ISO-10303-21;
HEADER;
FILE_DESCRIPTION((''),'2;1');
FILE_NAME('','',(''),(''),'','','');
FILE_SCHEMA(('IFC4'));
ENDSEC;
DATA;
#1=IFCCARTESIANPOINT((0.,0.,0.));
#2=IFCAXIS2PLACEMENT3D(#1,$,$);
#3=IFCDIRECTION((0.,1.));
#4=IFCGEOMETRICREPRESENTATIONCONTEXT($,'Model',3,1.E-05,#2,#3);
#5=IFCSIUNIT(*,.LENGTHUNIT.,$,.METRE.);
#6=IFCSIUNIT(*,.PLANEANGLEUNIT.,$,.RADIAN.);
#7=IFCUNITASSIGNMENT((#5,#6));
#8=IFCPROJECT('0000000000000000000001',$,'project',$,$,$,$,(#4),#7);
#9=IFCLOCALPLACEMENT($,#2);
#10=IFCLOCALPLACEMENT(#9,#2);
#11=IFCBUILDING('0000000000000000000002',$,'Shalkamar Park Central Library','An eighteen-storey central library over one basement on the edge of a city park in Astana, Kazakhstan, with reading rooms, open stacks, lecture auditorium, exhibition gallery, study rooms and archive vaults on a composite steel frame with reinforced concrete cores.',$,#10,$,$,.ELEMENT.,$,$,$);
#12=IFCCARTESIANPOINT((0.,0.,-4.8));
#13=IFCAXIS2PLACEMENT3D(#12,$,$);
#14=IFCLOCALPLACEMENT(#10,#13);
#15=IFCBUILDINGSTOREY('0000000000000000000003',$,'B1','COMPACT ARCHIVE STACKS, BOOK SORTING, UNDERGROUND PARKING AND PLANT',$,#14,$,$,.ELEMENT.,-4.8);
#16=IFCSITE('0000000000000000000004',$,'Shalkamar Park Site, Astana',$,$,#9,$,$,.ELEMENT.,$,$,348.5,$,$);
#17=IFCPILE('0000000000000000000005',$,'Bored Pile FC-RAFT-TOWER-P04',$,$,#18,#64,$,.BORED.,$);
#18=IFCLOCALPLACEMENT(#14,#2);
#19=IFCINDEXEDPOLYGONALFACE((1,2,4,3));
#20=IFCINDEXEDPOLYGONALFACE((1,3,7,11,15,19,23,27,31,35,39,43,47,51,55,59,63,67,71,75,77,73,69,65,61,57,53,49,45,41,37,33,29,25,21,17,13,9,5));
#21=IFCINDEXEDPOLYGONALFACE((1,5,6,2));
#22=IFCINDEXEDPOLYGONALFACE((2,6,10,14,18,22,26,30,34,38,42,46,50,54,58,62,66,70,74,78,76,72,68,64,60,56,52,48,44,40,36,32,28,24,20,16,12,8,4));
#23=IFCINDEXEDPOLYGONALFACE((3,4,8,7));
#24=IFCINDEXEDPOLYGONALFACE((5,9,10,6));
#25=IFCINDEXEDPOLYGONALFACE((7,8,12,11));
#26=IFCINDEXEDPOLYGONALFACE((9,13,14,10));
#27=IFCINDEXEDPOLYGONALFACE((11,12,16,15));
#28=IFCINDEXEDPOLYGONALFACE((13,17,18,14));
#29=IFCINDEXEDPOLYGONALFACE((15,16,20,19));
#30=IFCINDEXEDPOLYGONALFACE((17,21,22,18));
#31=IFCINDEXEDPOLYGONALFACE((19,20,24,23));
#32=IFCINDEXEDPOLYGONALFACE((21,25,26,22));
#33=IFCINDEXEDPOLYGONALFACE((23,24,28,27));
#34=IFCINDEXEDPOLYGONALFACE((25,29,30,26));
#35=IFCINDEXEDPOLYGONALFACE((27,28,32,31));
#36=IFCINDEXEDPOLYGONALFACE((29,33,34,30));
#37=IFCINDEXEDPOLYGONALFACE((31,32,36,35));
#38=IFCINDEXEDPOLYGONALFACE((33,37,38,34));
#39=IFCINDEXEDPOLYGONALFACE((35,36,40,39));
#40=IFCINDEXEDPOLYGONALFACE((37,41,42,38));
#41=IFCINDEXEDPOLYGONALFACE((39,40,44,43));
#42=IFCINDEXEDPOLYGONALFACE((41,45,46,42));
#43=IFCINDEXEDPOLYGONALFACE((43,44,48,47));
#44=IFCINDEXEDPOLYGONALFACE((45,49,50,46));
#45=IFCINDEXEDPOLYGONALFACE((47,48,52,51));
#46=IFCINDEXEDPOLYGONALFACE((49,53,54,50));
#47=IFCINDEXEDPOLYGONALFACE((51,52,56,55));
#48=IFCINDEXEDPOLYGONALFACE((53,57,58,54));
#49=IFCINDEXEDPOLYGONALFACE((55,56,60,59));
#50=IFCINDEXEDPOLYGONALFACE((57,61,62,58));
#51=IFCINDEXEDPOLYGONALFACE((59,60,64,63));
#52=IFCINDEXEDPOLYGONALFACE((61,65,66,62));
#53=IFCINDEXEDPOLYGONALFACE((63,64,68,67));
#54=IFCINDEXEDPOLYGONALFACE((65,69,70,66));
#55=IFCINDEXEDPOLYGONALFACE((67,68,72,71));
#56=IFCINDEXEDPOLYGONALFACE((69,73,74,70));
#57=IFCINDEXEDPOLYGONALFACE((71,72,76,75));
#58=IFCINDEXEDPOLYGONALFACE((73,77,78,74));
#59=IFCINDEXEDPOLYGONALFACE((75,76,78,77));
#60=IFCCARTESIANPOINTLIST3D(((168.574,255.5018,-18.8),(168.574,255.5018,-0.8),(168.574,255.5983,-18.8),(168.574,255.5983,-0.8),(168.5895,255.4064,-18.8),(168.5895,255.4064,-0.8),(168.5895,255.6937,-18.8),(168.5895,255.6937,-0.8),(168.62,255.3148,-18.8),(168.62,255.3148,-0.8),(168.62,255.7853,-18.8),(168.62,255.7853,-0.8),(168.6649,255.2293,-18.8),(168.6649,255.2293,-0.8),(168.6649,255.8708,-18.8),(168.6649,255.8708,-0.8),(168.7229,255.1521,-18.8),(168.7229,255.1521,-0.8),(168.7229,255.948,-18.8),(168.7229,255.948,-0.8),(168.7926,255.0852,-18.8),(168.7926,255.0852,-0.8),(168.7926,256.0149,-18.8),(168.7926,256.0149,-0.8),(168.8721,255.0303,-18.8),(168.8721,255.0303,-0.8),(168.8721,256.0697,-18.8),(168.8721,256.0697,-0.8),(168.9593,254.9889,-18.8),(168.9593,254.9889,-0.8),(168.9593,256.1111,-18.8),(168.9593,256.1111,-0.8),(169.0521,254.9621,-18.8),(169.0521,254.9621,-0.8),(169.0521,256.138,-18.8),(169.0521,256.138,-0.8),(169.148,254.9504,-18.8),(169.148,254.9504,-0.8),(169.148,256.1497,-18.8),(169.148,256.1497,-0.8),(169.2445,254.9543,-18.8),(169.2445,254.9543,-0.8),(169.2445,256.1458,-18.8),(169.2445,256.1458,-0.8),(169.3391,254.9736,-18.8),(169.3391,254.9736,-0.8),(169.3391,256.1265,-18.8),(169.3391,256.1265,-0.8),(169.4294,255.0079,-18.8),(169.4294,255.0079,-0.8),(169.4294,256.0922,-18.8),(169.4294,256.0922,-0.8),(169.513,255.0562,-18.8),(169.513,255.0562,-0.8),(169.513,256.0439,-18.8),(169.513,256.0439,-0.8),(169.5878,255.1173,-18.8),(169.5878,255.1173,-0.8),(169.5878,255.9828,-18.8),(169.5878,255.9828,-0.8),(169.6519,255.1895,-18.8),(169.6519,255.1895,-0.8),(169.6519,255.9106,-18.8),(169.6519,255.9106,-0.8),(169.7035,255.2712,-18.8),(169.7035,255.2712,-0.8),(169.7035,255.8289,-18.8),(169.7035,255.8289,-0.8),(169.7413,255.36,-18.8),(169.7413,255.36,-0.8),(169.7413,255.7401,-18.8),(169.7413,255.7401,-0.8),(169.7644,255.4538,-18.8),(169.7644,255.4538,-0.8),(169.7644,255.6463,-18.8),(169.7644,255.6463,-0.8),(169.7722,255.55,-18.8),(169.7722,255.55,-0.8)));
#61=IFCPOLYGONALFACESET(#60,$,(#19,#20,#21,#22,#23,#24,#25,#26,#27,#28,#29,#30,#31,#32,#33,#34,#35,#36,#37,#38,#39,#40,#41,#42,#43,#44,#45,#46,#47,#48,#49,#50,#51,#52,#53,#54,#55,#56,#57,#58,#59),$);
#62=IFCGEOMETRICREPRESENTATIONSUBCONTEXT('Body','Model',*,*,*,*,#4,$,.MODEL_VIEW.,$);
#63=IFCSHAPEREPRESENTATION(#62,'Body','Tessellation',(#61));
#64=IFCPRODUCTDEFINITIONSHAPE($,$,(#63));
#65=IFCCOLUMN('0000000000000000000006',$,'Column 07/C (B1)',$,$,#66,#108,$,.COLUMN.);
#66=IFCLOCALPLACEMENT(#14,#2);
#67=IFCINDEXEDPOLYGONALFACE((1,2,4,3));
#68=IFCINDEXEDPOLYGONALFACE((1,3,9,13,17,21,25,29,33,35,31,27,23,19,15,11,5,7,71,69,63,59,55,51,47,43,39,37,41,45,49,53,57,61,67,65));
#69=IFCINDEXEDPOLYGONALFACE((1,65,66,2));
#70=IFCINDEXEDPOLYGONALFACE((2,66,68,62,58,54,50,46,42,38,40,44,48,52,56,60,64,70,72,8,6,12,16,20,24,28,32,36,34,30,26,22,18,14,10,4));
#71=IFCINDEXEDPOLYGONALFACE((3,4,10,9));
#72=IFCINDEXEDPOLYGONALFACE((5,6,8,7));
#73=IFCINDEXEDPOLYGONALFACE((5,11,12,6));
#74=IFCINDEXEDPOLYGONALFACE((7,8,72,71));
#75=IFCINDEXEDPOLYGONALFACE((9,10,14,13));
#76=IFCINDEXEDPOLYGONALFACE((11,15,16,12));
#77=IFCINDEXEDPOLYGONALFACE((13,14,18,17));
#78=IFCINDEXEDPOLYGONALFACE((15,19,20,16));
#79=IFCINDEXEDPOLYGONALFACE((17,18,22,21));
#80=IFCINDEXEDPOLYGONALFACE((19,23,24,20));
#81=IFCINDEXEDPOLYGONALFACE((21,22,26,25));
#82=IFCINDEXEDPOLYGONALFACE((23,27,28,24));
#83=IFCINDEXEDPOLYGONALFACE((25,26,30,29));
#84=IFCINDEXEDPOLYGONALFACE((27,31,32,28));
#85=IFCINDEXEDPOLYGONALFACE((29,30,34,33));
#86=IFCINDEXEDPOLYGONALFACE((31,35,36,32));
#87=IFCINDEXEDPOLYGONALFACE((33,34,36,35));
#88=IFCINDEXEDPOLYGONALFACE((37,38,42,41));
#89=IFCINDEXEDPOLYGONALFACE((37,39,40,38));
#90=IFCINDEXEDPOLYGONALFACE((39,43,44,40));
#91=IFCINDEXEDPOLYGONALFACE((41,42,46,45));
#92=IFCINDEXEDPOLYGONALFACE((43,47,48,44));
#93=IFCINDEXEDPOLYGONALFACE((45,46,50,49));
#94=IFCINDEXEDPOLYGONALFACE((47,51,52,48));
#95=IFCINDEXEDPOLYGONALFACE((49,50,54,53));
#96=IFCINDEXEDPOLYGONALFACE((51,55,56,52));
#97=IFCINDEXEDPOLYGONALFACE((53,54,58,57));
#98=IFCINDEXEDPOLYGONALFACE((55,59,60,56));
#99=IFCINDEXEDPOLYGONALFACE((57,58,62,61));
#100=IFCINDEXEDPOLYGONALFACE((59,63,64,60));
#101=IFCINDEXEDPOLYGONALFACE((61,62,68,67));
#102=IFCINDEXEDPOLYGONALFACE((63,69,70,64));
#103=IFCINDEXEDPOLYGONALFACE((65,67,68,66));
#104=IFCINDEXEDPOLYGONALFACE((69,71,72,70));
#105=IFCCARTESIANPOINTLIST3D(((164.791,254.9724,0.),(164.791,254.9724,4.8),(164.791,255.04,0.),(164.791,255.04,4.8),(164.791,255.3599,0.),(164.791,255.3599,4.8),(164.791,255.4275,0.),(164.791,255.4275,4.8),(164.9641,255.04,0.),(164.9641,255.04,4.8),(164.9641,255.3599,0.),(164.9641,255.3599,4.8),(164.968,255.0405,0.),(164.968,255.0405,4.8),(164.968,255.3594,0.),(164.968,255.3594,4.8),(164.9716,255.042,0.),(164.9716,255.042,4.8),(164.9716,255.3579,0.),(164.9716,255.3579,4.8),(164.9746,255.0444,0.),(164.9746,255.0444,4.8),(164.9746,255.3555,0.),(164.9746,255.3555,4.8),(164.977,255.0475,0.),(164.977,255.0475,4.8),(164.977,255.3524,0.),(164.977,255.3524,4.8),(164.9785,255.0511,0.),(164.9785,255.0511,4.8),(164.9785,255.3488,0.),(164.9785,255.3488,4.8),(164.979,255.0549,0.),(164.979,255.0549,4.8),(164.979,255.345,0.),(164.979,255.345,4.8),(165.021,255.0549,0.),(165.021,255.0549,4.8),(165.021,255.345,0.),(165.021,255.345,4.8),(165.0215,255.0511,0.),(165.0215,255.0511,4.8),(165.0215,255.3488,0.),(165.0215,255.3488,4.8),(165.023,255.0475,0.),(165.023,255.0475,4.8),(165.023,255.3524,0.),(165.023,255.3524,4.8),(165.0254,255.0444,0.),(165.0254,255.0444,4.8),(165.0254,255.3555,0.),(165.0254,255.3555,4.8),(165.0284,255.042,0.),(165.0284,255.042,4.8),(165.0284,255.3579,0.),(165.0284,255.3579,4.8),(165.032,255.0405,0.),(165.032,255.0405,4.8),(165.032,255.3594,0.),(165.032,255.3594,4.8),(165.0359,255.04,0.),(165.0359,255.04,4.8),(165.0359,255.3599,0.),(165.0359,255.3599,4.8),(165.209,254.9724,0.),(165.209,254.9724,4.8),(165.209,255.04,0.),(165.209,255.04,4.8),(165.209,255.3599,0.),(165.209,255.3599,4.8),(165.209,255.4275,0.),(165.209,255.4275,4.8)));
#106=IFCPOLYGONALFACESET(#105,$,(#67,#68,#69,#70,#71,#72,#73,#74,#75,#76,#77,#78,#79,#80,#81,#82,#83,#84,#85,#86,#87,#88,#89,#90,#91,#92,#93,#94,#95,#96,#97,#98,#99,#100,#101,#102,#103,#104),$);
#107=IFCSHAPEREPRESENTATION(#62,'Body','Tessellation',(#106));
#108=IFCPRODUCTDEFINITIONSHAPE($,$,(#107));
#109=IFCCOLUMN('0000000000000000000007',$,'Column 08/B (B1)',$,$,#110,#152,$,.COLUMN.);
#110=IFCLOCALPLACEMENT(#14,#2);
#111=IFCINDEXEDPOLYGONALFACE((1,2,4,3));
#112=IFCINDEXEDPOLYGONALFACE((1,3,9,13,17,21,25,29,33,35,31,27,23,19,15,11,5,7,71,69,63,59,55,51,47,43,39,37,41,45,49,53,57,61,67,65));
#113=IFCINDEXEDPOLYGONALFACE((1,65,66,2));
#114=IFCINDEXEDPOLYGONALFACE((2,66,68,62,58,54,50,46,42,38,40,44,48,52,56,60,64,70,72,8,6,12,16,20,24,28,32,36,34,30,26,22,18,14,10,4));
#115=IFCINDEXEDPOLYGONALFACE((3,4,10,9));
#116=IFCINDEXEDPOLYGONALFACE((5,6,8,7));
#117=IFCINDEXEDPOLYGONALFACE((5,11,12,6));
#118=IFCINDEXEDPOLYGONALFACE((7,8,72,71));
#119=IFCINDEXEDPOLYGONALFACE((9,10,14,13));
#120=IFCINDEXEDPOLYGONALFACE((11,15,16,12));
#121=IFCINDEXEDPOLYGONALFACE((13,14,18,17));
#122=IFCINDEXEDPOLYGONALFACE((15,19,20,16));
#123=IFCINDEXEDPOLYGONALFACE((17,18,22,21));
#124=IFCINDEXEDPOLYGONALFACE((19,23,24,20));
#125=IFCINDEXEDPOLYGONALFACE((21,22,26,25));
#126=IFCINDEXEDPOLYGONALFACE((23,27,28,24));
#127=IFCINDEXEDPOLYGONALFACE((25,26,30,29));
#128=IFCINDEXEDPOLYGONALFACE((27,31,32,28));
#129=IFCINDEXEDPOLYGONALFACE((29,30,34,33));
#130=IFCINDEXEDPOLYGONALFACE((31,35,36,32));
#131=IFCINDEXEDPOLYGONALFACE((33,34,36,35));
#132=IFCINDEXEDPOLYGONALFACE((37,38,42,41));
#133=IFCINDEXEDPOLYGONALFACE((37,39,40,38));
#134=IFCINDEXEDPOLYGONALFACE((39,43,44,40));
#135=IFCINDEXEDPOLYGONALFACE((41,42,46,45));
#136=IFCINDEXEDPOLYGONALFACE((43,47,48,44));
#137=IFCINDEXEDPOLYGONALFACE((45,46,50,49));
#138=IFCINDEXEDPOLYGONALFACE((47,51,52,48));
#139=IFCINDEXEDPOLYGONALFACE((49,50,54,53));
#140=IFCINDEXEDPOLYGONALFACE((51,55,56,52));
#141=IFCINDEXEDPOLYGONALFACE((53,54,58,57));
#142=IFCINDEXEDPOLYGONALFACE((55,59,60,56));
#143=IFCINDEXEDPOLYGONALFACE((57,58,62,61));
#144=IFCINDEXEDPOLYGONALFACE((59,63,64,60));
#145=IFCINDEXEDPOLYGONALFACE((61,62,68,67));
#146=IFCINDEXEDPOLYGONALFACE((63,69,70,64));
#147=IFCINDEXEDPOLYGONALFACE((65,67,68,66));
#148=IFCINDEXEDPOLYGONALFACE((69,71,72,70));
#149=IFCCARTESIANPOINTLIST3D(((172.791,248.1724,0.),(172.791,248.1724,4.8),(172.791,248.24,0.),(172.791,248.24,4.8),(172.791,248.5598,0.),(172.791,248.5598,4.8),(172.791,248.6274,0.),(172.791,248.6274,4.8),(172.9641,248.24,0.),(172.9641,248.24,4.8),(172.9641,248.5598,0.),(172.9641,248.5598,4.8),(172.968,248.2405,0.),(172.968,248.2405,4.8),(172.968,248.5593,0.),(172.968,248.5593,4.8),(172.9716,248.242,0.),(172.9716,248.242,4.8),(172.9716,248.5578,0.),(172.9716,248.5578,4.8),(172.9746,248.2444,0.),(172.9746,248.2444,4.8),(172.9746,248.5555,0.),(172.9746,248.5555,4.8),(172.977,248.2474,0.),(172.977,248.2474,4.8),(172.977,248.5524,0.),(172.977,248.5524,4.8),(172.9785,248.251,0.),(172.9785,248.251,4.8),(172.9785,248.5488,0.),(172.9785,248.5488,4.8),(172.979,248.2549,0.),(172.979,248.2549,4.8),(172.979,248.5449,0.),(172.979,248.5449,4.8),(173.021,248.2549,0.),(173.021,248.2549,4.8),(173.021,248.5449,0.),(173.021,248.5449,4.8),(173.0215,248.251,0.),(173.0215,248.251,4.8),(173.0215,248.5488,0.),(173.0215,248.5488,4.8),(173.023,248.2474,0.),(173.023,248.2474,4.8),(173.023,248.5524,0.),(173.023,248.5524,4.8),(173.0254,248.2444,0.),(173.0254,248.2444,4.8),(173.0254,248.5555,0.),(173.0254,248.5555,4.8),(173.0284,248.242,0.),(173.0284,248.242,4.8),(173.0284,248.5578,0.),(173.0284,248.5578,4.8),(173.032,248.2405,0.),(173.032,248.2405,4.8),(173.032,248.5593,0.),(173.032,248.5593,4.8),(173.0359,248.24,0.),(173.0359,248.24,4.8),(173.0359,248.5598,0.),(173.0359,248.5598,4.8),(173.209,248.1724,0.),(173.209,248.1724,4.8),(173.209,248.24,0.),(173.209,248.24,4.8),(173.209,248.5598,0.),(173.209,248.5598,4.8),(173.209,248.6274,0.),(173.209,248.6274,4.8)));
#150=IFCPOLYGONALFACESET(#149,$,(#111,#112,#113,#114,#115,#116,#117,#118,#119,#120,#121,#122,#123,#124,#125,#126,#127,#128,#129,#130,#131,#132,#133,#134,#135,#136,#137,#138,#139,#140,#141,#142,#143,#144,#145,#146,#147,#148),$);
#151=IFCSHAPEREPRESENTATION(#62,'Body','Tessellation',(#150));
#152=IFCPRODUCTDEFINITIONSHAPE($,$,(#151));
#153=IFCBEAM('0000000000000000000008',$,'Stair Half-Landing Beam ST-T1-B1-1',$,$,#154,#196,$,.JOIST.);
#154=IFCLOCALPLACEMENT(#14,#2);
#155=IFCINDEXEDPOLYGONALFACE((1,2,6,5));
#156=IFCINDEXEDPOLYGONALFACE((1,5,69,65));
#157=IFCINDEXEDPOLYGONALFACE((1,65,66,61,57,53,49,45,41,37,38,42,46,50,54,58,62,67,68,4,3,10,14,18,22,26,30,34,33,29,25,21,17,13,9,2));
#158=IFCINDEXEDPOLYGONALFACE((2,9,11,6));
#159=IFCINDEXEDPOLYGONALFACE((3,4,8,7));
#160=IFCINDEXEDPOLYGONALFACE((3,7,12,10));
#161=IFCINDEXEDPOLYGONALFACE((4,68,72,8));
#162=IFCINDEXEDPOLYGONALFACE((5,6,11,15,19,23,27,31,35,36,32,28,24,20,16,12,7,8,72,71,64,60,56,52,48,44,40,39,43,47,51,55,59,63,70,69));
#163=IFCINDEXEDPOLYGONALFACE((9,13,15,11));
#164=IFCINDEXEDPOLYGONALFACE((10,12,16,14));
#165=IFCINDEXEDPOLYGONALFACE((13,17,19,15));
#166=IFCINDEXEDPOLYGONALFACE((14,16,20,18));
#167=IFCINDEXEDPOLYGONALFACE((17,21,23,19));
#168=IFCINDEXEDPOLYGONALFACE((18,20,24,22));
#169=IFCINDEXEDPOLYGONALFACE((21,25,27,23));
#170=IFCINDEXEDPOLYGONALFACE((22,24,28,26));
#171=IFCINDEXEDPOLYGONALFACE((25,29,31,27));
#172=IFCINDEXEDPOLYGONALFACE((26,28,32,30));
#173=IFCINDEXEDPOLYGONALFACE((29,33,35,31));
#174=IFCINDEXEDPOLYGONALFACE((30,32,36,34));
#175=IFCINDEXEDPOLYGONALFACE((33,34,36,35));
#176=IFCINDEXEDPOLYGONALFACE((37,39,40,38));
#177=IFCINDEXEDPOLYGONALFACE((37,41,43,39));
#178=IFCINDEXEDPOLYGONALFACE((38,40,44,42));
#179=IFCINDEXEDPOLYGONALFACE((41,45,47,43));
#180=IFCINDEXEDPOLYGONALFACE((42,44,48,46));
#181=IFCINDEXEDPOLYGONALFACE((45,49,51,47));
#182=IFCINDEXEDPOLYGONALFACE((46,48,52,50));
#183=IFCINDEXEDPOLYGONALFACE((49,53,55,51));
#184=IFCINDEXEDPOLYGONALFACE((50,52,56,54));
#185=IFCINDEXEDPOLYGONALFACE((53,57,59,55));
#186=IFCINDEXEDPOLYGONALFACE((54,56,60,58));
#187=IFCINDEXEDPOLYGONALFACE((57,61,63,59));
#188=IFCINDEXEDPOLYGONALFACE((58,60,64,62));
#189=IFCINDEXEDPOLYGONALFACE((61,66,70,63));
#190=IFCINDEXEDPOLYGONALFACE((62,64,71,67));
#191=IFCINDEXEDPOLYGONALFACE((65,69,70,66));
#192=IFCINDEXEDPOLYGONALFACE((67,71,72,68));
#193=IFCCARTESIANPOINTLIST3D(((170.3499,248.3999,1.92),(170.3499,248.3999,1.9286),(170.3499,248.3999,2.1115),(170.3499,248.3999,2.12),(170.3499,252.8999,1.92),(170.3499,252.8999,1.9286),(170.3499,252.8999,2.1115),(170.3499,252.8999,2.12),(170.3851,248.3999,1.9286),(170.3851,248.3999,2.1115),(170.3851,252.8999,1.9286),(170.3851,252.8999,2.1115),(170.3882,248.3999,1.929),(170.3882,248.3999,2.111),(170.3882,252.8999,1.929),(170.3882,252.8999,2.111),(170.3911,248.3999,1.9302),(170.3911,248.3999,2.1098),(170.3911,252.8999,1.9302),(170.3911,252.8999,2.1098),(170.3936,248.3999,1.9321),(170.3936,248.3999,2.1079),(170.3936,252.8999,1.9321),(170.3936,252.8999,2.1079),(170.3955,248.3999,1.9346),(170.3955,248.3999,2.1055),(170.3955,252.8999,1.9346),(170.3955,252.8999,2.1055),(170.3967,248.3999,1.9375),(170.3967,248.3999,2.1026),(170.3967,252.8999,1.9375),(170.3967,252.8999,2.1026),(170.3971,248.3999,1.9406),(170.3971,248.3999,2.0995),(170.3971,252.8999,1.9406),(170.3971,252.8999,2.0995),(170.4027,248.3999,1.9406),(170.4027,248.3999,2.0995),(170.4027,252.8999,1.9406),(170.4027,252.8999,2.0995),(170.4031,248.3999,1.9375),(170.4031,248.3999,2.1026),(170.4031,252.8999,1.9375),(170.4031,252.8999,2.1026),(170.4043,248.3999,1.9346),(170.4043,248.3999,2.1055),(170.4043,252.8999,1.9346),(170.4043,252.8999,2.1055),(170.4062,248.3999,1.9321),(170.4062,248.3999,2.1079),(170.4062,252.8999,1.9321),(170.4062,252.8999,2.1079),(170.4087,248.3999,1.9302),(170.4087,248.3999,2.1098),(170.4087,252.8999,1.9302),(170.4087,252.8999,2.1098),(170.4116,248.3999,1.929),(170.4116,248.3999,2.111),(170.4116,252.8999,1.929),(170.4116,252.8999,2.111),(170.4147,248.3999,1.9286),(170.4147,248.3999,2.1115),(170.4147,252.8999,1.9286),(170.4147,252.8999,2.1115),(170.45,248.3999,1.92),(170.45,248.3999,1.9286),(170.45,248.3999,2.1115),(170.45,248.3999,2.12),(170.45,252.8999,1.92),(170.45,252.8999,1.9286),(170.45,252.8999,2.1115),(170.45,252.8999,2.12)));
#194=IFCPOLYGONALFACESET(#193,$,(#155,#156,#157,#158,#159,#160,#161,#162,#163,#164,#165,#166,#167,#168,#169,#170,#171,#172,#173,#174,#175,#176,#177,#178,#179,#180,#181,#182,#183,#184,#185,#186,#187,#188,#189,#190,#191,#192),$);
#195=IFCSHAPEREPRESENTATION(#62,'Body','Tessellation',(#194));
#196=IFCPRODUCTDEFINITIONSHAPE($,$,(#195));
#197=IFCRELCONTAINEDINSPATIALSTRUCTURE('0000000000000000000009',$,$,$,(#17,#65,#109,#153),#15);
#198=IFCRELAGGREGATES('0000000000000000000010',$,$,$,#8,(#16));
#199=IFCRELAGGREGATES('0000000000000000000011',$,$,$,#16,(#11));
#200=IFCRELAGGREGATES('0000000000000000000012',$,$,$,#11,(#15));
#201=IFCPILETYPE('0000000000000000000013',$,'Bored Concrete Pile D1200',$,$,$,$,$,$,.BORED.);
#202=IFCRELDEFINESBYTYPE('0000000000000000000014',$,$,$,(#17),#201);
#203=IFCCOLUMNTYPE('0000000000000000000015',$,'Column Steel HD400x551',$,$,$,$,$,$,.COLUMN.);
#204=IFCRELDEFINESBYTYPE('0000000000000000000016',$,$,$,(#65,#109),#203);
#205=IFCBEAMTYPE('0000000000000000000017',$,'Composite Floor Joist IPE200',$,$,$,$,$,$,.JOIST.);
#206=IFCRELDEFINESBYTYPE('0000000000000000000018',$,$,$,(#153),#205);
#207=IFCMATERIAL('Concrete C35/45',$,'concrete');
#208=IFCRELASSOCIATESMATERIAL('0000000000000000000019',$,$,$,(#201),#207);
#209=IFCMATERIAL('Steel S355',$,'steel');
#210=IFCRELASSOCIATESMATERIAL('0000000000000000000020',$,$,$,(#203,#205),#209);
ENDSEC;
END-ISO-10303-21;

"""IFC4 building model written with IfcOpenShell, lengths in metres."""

from ifc_helpers import new_model, si_unit, direction, frame, origin, origin_2d, place, context, subcontext, project, spatial, circle, i_section, extrude, material, material_profile, profile_set, type_object, element, save


model = new_model("IFC4")

# Units and contexts
model_context = context("Model", 3, precision=1e-05, world=origin(), true_north=direction((0.0, 1.0)))
body_context = subcontext(model_context, "Body", "Model", "MODEL_VIEW")
ifc_project = project(units=[si_unit("LENGTHUNIT", "METRE"), si_unit("PLANEANGLEUNIT", "RADIAN")], contexts=[model_context])

# Site, building, storey
site_placement = place(None, origin())
site = spatial("IfcSite", under=ifc_project, at=site_placement, Name="Shalkamar Park Site, Astana", CompositionType="ELEMENT", RefElevation=348.5)
building_placement = place(site_placement, origin())
building = spatial("IfcBuilding", under=site, at=building_placement, Name="Shalkamar Park Central Library", Description="An eighteen-storey central library over one basement on the edge of a city park in Astana, Kazakhstan, with reading rooms, open stacks, lecture auditorium, exhibition gallery, study rooms and archive vaults on a composite steel frame with reinforced concrete cores.", CompositionType="ELEMENT")
storey_placement = place(building_placement, frame((0.0, 0.0, -4.8)))
storey = spatial("IfcBuildingStorey", under=building, at=storey_placement, Name="B1", Description="COMPACT ARCHIVE STACKS, BOOK SORTING, UNDERGROUND PARKING AND PLANT", CompositionType="ELEMENT", Elevation=-4.8)

# Pile
ifc_material_1 = material(Name="Concrete C35/45", Category="concrete")
ifc_material_profile_1 = material_profile(ifc_material_1, circle(Radius=0.6001, at=origin_2d()), Name="PILE D1200")
ifc_profile_set_1 = profile_set([ifc_material_profile_1], Name="Concrete C35/45")
pile_type = type_object("IfcPileType", Name="Bored Concrete Pile D1200", PredefinedType="BORED", material=ifc_profile_set_1)
pile_placement = place(storey_placement, frame((169.1721, 255.55, -0.8), z_axis=(0.0, 0.0, -1.0), x_axis=(1.0, 0.0, 0.0)))
element("IfcPile", 1, at=pile_placement, inside=storey, type_object=pile_type, Name="Bored Pile FC-RAFT-TOWER-P04", PredefinedType="BORED", context=body_context, shape_type="SweptSolid", body=[
    extrude(circle(Radius=0.6001, at=origin_2d()), origin(), (0.0, 0.0, 1.0), 18.0),
])

# Columns
ifc_material_2 = material(Name="Steel S355", Category="steel")
ifc_material_profile_2 = material_profile(ifc_material_2, i_section(OverallWidth=0.418, OverallDepth=0.4551, WebThickness=0.042, FlangeThickness=0.0676, FilletRadius=0.0149, at=origin_2d()), Name="HD 400x551")
ifc_profile_set_2 = profile_set([ifc_material_profile_2], Name="Steel S355")
column_type = type_object("IfcColumnType", Name="Column Steel HD400x551", PredefinedType="COLUMN", material=ifc_profile_set_2)
for number, where, z_axis, x_axis, name in (
    (2, (165.0, 255.2, 0.0), (0.0, 0.0, 1.0), (1.0, 0.0, 0.0), "Column 07/C (B1)"),
    (3, (173.0, 248.3999, 0.0), (0.0, 0.0, 1.0), (1.0, 0.0, 0.0), "Column 08/B (B1)"),
):
    element("IfcColumn", number, at=place(storey_placement, frame(where, z_axis=z_axis, x_axis=x_axis)), inside=storey, type_object=column_type, Name=name, PredefinedType="COLUMN", context=body_context, shape_type="SweptSolid", body=[
        extrude(i_section(OverallWidth=0.418, OverallDepth=0.4551, WebThickness=0.042, FlangeThickness=0.0676, FilletRadius=0.0149, at=origin_2d()), origin(), (0.0, 0.0, 1.0), 4.8),
    ])

# Beam
ifc_material_profile_3 = material_profile(ifc_material_2, i_section(OverallWidth=0.1001, OverallDepth=0.2, WebThickness=0.0056, FlangeThickness=0.0085, FilletRadius=0.012, at=origin_2d()), Name="IPE 200")
ifc_profile_set_3 = profile_set([ifc_material_profile_3], Name="Steel S355")
beam_type_1 = type_object("IfcBeamType", Name="Composite Floor Joist IPE200", PredefinedType="JOIST", material=ifc_profile_set_3)
for number, where, z_axis, x_axis, name in (
    (4, (170.3999, 248.3999, 2.02), (0.0, 1.0, 0.0), (-1.0, 0.0, 0.0), "Stair Half-Landing Beam ST-T1-B1-1"),
):
    element("IfcBeam", number, at=place(storey_placement, frame(where, z_axis=z_axis, x_axis=x_axis)), inside=storey, type_object=beam_type_1, Name=name, PredefinedType="JOIST", context=body_context, shape_type="SweptSolid", body=[
        extrude(i_section(OverallWidth=0.1001, OverallDepth=0.2, WebThickness=0.0056, FlangeThickness=0.0085, FilletRadius=0.012, at=origin_2d()), origin(), (0.0, 0.0, 1.0), 4.5),
    ])

save(model, "model.ifc")
